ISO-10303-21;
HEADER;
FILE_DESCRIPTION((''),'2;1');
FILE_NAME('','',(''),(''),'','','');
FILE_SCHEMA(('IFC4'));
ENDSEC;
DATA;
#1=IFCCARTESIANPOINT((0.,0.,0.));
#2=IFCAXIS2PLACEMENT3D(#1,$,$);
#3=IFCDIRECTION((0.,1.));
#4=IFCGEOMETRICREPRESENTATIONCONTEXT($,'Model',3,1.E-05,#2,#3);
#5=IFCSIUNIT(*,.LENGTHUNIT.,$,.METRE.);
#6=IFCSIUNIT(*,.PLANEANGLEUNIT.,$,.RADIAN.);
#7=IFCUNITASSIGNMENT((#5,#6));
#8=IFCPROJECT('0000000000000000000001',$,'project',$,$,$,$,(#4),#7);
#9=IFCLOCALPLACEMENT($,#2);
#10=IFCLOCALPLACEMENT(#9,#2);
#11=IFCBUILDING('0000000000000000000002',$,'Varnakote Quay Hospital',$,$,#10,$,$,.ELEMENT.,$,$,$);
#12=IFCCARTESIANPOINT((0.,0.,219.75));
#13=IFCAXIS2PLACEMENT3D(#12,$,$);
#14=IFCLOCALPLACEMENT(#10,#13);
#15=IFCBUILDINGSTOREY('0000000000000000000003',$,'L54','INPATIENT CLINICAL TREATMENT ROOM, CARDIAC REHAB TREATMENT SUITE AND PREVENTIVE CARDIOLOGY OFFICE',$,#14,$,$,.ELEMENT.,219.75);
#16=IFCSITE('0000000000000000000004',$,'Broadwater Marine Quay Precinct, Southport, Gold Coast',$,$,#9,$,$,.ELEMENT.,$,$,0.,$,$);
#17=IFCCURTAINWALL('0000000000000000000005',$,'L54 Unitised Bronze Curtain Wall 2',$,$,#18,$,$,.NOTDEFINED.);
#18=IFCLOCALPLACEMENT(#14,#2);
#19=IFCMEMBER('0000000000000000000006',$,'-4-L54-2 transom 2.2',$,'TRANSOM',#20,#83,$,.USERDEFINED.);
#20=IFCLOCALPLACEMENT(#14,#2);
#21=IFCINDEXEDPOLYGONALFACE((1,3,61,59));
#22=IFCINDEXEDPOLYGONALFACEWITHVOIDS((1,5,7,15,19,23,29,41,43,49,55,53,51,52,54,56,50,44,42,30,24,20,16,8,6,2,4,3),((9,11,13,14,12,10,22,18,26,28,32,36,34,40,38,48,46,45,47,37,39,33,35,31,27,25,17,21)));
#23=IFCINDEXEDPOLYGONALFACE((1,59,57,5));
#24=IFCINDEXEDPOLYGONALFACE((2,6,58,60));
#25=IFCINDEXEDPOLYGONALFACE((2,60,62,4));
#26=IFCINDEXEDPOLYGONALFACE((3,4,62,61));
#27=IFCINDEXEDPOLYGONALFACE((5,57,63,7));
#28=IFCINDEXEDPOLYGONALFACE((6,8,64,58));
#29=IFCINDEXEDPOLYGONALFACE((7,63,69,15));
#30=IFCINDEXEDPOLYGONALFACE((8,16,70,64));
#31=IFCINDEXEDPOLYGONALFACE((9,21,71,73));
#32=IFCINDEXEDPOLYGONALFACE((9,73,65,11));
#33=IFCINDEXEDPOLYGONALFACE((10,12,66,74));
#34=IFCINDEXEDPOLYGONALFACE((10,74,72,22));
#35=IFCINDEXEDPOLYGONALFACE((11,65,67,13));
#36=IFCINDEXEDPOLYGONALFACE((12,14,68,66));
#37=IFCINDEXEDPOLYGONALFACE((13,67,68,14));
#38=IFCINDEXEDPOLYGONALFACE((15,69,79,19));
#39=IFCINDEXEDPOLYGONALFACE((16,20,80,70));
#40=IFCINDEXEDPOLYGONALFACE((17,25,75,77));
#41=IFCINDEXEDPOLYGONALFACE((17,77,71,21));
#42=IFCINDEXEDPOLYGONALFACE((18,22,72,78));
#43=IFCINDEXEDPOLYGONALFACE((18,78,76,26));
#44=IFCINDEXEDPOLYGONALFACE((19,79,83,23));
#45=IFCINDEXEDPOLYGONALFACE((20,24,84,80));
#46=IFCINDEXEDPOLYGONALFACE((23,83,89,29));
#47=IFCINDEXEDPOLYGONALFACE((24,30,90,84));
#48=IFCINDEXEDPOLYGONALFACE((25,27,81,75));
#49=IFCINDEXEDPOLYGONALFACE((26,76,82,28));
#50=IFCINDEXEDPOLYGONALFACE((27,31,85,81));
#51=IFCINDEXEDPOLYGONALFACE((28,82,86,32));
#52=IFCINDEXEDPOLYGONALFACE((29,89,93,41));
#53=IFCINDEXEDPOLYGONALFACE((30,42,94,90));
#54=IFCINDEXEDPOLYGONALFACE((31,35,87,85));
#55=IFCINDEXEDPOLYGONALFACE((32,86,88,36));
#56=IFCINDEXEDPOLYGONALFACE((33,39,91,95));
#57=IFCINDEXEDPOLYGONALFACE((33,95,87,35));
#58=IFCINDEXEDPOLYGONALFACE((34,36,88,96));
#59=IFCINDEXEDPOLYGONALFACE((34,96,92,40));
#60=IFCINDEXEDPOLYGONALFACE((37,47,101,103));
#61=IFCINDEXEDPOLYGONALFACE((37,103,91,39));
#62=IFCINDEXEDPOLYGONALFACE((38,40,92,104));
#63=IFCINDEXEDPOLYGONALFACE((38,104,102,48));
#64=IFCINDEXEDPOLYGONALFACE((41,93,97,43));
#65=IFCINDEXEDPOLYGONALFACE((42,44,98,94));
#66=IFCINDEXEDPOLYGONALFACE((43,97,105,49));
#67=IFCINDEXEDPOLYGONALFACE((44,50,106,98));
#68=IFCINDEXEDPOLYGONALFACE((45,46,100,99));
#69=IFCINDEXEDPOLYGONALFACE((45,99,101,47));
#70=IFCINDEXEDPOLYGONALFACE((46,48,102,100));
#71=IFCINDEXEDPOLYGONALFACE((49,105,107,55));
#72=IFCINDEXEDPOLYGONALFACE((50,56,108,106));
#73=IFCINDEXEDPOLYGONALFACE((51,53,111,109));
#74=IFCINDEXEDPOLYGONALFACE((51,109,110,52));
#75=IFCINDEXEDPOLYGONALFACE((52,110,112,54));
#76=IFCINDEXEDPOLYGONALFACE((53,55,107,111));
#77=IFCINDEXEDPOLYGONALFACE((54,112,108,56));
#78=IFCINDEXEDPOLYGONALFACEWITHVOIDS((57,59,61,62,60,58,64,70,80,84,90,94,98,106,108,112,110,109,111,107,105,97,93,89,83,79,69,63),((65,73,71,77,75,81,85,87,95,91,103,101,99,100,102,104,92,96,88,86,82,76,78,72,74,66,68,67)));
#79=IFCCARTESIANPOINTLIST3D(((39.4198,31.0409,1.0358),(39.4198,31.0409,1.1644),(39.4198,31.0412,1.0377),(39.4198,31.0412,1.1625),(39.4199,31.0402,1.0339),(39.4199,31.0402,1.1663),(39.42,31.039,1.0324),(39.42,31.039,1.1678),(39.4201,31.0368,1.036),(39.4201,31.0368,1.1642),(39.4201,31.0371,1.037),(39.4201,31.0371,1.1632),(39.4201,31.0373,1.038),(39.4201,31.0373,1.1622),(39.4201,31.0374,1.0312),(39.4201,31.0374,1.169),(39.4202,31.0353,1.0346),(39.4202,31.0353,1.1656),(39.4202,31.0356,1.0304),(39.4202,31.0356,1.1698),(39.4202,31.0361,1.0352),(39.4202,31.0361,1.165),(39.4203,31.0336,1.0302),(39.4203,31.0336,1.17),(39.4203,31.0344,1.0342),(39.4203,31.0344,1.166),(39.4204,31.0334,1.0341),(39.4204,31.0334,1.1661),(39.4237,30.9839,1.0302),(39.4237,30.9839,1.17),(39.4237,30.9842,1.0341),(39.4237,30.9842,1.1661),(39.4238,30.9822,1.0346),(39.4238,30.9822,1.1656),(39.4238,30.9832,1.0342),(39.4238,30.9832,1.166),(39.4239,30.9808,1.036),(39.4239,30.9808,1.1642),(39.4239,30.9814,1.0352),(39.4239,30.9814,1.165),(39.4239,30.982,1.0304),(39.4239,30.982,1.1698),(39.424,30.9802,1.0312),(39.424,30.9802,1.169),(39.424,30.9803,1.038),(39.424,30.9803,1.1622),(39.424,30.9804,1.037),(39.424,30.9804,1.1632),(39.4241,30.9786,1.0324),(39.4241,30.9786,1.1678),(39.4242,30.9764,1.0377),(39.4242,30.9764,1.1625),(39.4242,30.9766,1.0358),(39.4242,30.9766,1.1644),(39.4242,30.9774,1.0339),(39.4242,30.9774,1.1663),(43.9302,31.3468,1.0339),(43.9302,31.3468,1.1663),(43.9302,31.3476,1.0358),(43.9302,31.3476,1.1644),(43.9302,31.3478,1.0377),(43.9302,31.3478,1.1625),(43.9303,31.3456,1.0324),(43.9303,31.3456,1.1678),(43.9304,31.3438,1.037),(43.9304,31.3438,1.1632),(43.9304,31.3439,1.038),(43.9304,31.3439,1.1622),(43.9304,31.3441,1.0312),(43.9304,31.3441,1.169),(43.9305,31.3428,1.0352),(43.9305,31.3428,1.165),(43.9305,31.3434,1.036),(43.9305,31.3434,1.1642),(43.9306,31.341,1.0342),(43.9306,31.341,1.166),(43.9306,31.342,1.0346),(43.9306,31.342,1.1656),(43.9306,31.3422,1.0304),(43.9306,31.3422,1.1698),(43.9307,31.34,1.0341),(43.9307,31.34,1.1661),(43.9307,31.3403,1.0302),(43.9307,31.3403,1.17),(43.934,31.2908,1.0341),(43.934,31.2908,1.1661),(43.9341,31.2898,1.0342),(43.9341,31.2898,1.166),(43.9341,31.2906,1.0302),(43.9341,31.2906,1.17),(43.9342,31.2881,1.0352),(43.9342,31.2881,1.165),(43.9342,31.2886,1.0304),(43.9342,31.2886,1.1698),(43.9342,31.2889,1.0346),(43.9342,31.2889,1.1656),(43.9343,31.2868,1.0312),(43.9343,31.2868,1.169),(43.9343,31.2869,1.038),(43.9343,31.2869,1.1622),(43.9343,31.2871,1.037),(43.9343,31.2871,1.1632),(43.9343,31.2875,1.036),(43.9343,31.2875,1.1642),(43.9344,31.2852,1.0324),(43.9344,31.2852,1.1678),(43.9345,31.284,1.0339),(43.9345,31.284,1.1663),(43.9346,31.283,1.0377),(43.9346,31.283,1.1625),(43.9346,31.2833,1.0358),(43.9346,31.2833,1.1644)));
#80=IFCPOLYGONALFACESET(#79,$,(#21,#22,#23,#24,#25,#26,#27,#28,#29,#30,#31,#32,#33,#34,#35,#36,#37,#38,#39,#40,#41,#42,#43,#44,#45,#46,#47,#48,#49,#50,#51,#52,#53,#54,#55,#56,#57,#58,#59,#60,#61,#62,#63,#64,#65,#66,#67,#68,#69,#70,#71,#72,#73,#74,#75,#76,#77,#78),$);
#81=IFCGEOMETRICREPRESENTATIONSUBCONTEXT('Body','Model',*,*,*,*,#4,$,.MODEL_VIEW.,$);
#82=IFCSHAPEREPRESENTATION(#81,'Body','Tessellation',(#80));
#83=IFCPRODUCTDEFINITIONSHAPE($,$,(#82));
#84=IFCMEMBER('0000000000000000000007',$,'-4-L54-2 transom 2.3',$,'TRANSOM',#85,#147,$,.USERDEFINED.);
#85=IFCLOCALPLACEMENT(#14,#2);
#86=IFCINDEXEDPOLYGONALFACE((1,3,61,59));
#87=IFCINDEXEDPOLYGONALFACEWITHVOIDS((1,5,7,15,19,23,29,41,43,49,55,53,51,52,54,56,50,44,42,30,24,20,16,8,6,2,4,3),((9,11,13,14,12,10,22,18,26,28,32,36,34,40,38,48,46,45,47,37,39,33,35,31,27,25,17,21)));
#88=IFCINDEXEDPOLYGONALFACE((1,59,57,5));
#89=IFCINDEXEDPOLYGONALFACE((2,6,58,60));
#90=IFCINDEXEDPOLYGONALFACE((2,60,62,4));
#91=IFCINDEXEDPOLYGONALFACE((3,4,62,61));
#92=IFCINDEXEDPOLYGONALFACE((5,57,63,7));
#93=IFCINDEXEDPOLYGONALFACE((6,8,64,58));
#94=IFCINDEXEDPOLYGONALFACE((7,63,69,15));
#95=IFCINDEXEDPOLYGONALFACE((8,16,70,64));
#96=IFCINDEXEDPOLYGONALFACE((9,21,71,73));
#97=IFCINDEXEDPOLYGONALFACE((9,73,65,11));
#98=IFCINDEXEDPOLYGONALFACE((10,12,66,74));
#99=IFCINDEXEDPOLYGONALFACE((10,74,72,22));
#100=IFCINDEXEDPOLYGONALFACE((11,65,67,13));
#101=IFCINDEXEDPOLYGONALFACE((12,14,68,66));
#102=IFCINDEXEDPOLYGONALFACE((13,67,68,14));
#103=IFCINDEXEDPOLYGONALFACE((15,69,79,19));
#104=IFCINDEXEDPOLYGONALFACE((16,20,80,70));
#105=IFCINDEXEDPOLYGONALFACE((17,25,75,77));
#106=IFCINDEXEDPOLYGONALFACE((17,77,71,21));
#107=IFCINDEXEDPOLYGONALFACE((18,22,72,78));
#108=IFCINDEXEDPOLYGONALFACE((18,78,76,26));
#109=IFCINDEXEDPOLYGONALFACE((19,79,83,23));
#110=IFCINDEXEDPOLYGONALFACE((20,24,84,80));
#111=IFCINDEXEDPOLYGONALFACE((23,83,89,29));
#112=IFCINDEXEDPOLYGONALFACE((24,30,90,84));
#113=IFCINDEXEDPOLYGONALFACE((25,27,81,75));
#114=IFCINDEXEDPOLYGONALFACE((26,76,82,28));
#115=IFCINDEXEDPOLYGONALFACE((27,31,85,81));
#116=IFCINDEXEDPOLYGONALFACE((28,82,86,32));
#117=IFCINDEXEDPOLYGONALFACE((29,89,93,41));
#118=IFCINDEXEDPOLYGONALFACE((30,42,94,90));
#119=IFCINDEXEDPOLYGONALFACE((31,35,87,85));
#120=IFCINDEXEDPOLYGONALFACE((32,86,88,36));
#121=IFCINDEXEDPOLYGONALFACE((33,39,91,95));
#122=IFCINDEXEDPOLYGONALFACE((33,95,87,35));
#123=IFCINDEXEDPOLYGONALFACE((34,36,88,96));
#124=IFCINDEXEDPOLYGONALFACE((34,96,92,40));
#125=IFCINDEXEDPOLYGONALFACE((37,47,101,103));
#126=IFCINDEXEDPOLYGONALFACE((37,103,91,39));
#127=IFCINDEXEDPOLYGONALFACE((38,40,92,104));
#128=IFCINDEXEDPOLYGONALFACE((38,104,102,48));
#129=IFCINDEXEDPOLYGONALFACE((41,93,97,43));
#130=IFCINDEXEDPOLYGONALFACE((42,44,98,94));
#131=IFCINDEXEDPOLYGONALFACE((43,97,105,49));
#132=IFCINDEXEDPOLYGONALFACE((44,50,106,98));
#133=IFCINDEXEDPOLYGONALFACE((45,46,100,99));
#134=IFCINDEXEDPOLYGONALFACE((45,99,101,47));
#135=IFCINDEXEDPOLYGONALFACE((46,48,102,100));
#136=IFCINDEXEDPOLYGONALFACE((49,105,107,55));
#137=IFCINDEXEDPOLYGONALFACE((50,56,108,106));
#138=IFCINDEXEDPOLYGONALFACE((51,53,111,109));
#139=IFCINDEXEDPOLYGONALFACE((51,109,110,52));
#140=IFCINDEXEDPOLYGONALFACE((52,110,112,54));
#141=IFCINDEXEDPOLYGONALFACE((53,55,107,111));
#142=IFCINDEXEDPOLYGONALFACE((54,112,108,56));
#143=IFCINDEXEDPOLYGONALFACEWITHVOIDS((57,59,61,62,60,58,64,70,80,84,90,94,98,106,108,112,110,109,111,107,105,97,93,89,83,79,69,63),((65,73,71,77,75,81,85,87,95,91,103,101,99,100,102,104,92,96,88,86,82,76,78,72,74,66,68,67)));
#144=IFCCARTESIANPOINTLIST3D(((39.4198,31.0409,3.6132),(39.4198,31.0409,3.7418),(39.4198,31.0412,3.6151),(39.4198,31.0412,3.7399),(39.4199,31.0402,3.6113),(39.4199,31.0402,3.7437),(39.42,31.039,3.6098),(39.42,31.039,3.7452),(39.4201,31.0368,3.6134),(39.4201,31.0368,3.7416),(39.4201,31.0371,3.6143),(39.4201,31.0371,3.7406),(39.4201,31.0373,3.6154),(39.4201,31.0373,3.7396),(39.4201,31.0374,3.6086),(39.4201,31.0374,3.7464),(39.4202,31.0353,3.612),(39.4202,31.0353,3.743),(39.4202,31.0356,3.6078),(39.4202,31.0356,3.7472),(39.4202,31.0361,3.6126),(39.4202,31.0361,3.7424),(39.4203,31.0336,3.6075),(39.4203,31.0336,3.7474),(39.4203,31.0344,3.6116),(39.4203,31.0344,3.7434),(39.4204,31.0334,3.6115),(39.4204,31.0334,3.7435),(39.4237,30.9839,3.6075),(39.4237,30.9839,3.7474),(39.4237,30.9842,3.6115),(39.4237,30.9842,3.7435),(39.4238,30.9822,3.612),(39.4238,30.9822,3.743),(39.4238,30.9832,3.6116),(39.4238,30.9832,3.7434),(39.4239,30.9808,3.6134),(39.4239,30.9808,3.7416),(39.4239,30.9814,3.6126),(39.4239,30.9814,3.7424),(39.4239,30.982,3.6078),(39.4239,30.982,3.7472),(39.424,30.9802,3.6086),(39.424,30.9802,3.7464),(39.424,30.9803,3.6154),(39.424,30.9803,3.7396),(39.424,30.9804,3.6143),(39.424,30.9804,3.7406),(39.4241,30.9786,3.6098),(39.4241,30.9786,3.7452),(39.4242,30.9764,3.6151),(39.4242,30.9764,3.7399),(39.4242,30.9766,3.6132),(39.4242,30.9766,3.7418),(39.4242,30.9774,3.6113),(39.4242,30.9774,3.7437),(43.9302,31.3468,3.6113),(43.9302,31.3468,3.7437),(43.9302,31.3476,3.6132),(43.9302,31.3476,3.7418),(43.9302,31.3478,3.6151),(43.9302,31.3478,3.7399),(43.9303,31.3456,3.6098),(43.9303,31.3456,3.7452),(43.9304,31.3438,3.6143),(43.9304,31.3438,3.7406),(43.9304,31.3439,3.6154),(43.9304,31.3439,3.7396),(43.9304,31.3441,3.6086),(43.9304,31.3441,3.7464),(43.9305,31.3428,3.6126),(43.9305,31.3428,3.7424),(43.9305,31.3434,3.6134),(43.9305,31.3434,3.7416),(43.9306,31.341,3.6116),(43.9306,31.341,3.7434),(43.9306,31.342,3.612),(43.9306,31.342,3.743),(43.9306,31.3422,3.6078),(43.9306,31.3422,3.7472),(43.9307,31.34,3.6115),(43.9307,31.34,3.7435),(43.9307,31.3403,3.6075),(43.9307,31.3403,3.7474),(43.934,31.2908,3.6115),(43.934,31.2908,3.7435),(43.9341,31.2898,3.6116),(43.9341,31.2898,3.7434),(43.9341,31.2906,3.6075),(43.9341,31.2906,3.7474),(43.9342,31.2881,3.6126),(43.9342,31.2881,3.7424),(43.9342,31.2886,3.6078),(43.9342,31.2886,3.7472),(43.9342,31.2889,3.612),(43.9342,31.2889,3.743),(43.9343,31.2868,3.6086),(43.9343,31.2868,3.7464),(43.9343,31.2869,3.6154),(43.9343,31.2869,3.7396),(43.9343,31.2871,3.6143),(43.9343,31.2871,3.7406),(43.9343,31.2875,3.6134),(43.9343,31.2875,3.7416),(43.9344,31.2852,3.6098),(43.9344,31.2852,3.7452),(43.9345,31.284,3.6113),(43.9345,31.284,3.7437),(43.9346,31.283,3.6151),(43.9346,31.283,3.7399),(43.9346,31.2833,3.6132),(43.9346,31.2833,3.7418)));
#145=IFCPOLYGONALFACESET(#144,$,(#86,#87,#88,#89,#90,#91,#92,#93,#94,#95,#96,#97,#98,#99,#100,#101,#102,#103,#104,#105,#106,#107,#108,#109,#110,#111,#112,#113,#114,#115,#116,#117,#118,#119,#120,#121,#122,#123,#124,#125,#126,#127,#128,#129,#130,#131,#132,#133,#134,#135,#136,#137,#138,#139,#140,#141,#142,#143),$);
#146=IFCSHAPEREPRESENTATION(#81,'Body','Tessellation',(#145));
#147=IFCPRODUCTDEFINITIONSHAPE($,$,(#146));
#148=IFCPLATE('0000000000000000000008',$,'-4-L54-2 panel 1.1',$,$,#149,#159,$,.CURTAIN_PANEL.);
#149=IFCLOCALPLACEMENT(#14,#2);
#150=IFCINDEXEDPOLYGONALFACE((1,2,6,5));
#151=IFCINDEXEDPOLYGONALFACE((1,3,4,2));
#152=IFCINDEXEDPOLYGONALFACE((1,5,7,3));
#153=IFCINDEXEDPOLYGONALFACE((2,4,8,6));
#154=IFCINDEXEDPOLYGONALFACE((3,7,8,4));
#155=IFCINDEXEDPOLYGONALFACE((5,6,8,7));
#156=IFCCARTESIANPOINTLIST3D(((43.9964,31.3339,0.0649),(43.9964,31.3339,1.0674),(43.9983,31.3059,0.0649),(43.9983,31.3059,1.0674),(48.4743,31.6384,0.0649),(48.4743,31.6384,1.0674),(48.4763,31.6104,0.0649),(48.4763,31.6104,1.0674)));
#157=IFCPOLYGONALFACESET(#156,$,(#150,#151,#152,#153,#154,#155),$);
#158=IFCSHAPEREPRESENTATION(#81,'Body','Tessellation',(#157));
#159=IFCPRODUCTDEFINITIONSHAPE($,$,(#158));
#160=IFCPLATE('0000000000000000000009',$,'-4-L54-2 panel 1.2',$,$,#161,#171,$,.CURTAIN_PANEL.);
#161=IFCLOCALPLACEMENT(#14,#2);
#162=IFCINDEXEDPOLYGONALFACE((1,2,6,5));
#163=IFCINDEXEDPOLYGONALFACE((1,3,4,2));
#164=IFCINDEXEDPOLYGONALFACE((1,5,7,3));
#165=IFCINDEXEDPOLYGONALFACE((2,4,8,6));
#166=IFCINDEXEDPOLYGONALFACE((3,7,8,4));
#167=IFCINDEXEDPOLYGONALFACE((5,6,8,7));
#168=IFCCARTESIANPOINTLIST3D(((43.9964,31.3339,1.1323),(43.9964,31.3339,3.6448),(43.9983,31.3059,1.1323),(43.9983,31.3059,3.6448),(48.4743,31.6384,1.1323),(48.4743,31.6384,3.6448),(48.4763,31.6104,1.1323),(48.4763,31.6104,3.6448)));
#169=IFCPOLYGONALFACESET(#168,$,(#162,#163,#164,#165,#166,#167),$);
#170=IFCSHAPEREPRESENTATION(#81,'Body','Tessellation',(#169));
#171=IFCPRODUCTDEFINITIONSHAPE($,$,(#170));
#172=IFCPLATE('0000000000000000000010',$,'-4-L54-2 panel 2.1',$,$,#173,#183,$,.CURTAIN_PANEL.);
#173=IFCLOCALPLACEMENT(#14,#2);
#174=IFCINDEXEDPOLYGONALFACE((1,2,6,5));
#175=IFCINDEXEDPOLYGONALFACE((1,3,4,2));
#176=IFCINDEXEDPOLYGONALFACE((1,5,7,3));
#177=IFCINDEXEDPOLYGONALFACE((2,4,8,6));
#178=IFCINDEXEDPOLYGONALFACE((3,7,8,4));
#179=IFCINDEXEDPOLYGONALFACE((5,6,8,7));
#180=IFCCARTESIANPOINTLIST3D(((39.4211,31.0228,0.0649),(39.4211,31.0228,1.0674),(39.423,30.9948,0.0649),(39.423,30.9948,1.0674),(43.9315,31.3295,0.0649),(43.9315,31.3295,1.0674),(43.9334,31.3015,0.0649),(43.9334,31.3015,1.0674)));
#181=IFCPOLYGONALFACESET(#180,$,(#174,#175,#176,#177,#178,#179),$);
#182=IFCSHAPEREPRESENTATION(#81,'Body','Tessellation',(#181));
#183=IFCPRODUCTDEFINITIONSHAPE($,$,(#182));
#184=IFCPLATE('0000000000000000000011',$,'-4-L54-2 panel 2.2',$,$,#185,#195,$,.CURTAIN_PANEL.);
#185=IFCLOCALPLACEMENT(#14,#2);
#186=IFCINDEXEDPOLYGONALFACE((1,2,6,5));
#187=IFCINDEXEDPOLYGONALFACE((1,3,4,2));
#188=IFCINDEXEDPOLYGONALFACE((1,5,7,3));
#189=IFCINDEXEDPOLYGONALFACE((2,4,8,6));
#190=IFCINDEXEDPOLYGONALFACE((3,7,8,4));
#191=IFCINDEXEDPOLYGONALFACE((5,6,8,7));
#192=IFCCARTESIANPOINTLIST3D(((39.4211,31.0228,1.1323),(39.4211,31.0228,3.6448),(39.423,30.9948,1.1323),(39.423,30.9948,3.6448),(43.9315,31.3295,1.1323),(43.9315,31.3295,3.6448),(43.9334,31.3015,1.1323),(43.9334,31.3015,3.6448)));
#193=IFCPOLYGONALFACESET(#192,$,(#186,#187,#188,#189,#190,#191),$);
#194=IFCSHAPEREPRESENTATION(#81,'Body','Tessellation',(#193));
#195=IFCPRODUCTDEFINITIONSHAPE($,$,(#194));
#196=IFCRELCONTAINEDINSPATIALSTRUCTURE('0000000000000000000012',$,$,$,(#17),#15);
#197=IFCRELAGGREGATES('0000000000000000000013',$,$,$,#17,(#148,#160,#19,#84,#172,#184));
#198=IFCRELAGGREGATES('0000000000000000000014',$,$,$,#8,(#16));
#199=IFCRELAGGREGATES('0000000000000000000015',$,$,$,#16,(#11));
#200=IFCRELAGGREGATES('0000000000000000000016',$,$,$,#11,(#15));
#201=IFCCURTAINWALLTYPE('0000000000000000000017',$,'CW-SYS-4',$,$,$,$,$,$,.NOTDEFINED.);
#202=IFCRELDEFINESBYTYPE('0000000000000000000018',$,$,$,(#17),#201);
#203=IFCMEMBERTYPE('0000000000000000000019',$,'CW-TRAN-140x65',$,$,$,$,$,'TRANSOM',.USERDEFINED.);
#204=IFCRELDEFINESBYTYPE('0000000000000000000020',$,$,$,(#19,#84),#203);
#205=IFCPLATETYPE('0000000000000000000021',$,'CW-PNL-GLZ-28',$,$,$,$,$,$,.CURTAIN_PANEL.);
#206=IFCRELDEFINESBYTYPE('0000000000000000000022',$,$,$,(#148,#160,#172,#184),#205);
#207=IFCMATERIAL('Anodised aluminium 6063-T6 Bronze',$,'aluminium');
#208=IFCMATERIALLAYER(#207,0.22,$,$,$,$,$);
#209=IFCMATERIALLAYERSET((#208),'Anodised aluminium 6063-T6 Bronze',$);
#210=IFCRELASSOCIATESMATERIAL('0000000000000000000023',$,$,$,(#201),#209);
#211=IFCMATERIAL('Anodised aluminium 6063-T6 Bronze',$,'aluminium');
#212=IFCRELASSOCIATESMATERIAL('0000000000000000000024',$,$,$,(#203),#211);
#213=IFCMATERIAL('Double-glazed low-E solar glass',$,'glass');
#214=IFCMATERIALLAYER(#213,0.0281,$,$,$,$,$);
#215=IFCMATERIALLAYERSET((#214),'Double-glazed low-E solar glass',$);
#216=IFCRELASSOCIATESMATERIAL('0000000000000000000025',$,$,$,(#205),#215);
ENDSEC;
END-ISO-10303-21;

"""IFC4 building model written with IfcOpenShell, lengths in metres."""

from ifc_helpers import new_model, si_unit, direction, frame, origin, origin_2d, place, context, subcontext, project, spatial, rectangle, hollow_rectangle, extrude, material, layer, layer_set, material_profile, profile_set, type_object, element, aggregate, save


model = new_model("IFC4")

# Units and contexts
model_context = context("Model", 3, precision=1e-05, world=origin(), true_north=direction((0.0, 1.0)))
body_context = subcontext(model_context, "Body", "Model", "MODEL_VIEW")
ifc_project = project(units=[si_unit("LENGTHUNIT", "METRE"), si_unit("PLANEANGLEUNIT", "RADIAN")], contexts=[model_context])

# Site, building, storey
site_placement = place(None, origin())
site = spatial("IfcSite", under=ifc_project, at=site_placement, Name="Broadwater Marine Quay Precinct, Southport, Gold Coast", CompositionType="ELEMENT", RefElevation=0.0)
building_placement = place(site_placement, origin())
building = spatial("IfcBuilding", under=site, at=building_placement, Name="Varnakote Quay Hospital", CompositionType="ELEMENT")
storey_placement = place(building_placement, frame((0.0, 0.0, 219.75)))
storey = spatial("IfcBuildingStorey", under=building, at=storey_placement, Name="L54", Description="INPATIENT CLINICAL TREATMENT ROOM, CARDIAC REHAB TREATMENT SUITE AND PREVENTIVE CARDIOLOGY OFFICE", CompositionType="ELEMENT", Elevation=219.75)

# Curtain wall, members, plates
ifc_material_1 = material(Name="Anodised aluminium 6063-T6 Bronze", Category="aluminium")
ifc_layer_1 = layer(ifc_material_1, 0.22)
ifc_layer_set_1 = layer_set([ifc_layer_1], Name="Anodised aluminium 6063-T6 Bronze")
curtain_wall_type = type_object("IfcCurtainWallType", Name="CW-SYS-4", PredefinedType="NOTDEFINED", material=ifc_layer_set_1)
curtain_wall_placement = place(storey_placement, origin())
curtain_wall = element("IfcCurtainWall", 1, at=curtain_wall_placement, inside=storey, type_object=curtain_wall_type, Name="L54 Unitised Bronze Curtain Wall 2", PredefinedType="NOTDEFINED")
ifc_material_2 = material(Name="Anodised aluminium 6063-T6 Bronze", Category="aluminium")
ifc_material_profile_1 = material_profile(ifc_material_2, hollow_rectangle(XDim=0.0649, YDim=0.1399, WallThickness=0.0039, InnerFilletRadius=0.0039, OuterFilletRadius=0.0076, at=origin_2d()), Name="CW-TRAN-140x65")
ifc_profile_set_1 = profile_set([ifc_material_profile_1], Name="Anodised aluminium 6063-T6 Bronze")
member_type_1 = type_object("IfcMemberType", Name="CW-TRAN-140x65", ElementType="TRANSOM", PredefinedType="USERDEFINED", material=ifc_profile_set_1)
member_1_placement = place(storey_placement, frame((43.9324, 31.3154, 1.1001), z_axis=(-0.997697, -0.067831, 0.0), x_axis=(0.067831, -0.997697, 0.0)))
member_1 = element("IfcMember", 2, at=member_1_placement, type_object=member_type_1, Name="-4-L54-2 transom 2.2", ObjectType="TRANSOM", PredefinedType="USERDEFINED", context=body_context, shape_type="SweptSolid", body=[
    extrude(hollow_rectangle(XDim=0.0649, YDim=0.1399, WallThickness=0.0039, InnerFilletRadius=0.0039, OuterFilletRadius=0.0076, at=origin_2d()), origin(), (0.0, 0.0, 1.0), 4.5208),
])
member_2_placement = place(storey_placement, frame((43.9324, 31.3154, 3.6775), z_axis=(-0.997697, -0.067831, 0.0), x_axis=(0.067831, -0.997697, 0.0)))
member_2 = element("IfcMember", 3, at=member_2_placement, type_object=member_type_1, Name="-4-L54-2 transom 2.3", ObjectType="TRANSOM", PredefinedType="USERDEFINED", context=body_context, shape_type="SweptSolid", body=[
    extrude(hollow_rectangle(XDim=0.0649, YDim=0.1399, WallThickness=0.0039, InnerFilletRadius=0.0039, OuterFilletRadius=0.0076, at=origin_2d()), origin(), (0.0, 0.0, 1.0), 4.5208),
])
ifc_material_3 = material(Name="Double-glazed low-E solar glass", Category="glass")
ifc_layer_2 = layer(ifc_material_3, 0.0281)
ifc_layer_set_2 = layer_set([ifc_layer_2], Name="Double-glazed low-E solar glass")
plate_type = type_object("IfcPlateType", Name="CW-PNL-GLZ-28", PredefinedType="CURTAIN_PANEL", material=ifc_layer_set_2)
plate_1_placement = place(storey_placement, frame((46.2363, 31.4722, 0.0649), z_axis=(0.0, 0.0, 1.0), x_axis=(-0.997696, -0.067842, 0.0)))
plate_1 = element("IfcPlate", 4, at=plate_1_placement, type_object=plate_type, Name="-4-L54-2 panel 1.1", PredefinedType="CURTAIN_PANEL", context=body_context, shape_type="SweptSolid", body=[
    extrude(rectangle(XDim=4.4883, YDim=0.0281, at=origin_2d()), origin(), (0.0, 0.0, 1.0), 1.0024),
])
plate_2_placement = place(storey_placement, frame((46.2363, 31.4722, 1.1323), z_axis=(0.0, 0.0, 1.0), x_axis=(-0.997696, -0.067842, 0.0)))
plate_2 = element("IfcPlate", 5, at=plate_2_placement, type_object=plate_type, Name="-4-L54-2 panel 1.2", PredefinedType="CURTAIN_PANEL", context=body_context, shape_type="SweptSolid", body=[
    extrude(rectangle(XDim=4.4883, YDim=0.0281, at=origin_2d()), origin(), (0.0, 0.0, 1.0), 2.5125),
])
plate_3_placement = place(storey_placement, frame((41.6772, 31.1621, 0.0649), z_axis=(0.0, 0.0, 1.0), x_axis=(-0.997696, -0.067842, 0.0)))
plate_3 = element("IfcPlate", 6, at=plate_3_placement, type_object=plate_type, Name="-4-L54-2 panel 2.1", PredefinedType="CURTAIN_PANEL", context=body_context, shape_type="SweptSolid", body=[
    extrude(rectangle(XDim=4.5208, YDim=0.0281, at=origin_2d()), origin(), (0.0, 0.0, 1.0), 1.0024),
])
plate_4_placement = place(storey_placement, frame((41.6772, 31.1621, 1.1323), z_axis=(0.0, 0.0, 1.0), x_axis=(-0.997696, -0.067842, 0.0)))
plate_4 = element("IfcPlate", 7, at=plate_4_placement, type_object=plate_type, Name="-4-L54-2 panel 2.2", PredefinedType="CURTAIN_PANEL", context=body_context, shape_type="SweptSolid", body=[
    extrude(rectangle(XDim=4.5208, YDim=0.0281, at=origin_2d()), origin(), (0.0, 0.0, 1.0), 2.5125),
])
aggregate(curtain_wall, [plate_1, plate_2, member_1, member_2, plate_3, plate_4])

save(model, "model.ifc")
